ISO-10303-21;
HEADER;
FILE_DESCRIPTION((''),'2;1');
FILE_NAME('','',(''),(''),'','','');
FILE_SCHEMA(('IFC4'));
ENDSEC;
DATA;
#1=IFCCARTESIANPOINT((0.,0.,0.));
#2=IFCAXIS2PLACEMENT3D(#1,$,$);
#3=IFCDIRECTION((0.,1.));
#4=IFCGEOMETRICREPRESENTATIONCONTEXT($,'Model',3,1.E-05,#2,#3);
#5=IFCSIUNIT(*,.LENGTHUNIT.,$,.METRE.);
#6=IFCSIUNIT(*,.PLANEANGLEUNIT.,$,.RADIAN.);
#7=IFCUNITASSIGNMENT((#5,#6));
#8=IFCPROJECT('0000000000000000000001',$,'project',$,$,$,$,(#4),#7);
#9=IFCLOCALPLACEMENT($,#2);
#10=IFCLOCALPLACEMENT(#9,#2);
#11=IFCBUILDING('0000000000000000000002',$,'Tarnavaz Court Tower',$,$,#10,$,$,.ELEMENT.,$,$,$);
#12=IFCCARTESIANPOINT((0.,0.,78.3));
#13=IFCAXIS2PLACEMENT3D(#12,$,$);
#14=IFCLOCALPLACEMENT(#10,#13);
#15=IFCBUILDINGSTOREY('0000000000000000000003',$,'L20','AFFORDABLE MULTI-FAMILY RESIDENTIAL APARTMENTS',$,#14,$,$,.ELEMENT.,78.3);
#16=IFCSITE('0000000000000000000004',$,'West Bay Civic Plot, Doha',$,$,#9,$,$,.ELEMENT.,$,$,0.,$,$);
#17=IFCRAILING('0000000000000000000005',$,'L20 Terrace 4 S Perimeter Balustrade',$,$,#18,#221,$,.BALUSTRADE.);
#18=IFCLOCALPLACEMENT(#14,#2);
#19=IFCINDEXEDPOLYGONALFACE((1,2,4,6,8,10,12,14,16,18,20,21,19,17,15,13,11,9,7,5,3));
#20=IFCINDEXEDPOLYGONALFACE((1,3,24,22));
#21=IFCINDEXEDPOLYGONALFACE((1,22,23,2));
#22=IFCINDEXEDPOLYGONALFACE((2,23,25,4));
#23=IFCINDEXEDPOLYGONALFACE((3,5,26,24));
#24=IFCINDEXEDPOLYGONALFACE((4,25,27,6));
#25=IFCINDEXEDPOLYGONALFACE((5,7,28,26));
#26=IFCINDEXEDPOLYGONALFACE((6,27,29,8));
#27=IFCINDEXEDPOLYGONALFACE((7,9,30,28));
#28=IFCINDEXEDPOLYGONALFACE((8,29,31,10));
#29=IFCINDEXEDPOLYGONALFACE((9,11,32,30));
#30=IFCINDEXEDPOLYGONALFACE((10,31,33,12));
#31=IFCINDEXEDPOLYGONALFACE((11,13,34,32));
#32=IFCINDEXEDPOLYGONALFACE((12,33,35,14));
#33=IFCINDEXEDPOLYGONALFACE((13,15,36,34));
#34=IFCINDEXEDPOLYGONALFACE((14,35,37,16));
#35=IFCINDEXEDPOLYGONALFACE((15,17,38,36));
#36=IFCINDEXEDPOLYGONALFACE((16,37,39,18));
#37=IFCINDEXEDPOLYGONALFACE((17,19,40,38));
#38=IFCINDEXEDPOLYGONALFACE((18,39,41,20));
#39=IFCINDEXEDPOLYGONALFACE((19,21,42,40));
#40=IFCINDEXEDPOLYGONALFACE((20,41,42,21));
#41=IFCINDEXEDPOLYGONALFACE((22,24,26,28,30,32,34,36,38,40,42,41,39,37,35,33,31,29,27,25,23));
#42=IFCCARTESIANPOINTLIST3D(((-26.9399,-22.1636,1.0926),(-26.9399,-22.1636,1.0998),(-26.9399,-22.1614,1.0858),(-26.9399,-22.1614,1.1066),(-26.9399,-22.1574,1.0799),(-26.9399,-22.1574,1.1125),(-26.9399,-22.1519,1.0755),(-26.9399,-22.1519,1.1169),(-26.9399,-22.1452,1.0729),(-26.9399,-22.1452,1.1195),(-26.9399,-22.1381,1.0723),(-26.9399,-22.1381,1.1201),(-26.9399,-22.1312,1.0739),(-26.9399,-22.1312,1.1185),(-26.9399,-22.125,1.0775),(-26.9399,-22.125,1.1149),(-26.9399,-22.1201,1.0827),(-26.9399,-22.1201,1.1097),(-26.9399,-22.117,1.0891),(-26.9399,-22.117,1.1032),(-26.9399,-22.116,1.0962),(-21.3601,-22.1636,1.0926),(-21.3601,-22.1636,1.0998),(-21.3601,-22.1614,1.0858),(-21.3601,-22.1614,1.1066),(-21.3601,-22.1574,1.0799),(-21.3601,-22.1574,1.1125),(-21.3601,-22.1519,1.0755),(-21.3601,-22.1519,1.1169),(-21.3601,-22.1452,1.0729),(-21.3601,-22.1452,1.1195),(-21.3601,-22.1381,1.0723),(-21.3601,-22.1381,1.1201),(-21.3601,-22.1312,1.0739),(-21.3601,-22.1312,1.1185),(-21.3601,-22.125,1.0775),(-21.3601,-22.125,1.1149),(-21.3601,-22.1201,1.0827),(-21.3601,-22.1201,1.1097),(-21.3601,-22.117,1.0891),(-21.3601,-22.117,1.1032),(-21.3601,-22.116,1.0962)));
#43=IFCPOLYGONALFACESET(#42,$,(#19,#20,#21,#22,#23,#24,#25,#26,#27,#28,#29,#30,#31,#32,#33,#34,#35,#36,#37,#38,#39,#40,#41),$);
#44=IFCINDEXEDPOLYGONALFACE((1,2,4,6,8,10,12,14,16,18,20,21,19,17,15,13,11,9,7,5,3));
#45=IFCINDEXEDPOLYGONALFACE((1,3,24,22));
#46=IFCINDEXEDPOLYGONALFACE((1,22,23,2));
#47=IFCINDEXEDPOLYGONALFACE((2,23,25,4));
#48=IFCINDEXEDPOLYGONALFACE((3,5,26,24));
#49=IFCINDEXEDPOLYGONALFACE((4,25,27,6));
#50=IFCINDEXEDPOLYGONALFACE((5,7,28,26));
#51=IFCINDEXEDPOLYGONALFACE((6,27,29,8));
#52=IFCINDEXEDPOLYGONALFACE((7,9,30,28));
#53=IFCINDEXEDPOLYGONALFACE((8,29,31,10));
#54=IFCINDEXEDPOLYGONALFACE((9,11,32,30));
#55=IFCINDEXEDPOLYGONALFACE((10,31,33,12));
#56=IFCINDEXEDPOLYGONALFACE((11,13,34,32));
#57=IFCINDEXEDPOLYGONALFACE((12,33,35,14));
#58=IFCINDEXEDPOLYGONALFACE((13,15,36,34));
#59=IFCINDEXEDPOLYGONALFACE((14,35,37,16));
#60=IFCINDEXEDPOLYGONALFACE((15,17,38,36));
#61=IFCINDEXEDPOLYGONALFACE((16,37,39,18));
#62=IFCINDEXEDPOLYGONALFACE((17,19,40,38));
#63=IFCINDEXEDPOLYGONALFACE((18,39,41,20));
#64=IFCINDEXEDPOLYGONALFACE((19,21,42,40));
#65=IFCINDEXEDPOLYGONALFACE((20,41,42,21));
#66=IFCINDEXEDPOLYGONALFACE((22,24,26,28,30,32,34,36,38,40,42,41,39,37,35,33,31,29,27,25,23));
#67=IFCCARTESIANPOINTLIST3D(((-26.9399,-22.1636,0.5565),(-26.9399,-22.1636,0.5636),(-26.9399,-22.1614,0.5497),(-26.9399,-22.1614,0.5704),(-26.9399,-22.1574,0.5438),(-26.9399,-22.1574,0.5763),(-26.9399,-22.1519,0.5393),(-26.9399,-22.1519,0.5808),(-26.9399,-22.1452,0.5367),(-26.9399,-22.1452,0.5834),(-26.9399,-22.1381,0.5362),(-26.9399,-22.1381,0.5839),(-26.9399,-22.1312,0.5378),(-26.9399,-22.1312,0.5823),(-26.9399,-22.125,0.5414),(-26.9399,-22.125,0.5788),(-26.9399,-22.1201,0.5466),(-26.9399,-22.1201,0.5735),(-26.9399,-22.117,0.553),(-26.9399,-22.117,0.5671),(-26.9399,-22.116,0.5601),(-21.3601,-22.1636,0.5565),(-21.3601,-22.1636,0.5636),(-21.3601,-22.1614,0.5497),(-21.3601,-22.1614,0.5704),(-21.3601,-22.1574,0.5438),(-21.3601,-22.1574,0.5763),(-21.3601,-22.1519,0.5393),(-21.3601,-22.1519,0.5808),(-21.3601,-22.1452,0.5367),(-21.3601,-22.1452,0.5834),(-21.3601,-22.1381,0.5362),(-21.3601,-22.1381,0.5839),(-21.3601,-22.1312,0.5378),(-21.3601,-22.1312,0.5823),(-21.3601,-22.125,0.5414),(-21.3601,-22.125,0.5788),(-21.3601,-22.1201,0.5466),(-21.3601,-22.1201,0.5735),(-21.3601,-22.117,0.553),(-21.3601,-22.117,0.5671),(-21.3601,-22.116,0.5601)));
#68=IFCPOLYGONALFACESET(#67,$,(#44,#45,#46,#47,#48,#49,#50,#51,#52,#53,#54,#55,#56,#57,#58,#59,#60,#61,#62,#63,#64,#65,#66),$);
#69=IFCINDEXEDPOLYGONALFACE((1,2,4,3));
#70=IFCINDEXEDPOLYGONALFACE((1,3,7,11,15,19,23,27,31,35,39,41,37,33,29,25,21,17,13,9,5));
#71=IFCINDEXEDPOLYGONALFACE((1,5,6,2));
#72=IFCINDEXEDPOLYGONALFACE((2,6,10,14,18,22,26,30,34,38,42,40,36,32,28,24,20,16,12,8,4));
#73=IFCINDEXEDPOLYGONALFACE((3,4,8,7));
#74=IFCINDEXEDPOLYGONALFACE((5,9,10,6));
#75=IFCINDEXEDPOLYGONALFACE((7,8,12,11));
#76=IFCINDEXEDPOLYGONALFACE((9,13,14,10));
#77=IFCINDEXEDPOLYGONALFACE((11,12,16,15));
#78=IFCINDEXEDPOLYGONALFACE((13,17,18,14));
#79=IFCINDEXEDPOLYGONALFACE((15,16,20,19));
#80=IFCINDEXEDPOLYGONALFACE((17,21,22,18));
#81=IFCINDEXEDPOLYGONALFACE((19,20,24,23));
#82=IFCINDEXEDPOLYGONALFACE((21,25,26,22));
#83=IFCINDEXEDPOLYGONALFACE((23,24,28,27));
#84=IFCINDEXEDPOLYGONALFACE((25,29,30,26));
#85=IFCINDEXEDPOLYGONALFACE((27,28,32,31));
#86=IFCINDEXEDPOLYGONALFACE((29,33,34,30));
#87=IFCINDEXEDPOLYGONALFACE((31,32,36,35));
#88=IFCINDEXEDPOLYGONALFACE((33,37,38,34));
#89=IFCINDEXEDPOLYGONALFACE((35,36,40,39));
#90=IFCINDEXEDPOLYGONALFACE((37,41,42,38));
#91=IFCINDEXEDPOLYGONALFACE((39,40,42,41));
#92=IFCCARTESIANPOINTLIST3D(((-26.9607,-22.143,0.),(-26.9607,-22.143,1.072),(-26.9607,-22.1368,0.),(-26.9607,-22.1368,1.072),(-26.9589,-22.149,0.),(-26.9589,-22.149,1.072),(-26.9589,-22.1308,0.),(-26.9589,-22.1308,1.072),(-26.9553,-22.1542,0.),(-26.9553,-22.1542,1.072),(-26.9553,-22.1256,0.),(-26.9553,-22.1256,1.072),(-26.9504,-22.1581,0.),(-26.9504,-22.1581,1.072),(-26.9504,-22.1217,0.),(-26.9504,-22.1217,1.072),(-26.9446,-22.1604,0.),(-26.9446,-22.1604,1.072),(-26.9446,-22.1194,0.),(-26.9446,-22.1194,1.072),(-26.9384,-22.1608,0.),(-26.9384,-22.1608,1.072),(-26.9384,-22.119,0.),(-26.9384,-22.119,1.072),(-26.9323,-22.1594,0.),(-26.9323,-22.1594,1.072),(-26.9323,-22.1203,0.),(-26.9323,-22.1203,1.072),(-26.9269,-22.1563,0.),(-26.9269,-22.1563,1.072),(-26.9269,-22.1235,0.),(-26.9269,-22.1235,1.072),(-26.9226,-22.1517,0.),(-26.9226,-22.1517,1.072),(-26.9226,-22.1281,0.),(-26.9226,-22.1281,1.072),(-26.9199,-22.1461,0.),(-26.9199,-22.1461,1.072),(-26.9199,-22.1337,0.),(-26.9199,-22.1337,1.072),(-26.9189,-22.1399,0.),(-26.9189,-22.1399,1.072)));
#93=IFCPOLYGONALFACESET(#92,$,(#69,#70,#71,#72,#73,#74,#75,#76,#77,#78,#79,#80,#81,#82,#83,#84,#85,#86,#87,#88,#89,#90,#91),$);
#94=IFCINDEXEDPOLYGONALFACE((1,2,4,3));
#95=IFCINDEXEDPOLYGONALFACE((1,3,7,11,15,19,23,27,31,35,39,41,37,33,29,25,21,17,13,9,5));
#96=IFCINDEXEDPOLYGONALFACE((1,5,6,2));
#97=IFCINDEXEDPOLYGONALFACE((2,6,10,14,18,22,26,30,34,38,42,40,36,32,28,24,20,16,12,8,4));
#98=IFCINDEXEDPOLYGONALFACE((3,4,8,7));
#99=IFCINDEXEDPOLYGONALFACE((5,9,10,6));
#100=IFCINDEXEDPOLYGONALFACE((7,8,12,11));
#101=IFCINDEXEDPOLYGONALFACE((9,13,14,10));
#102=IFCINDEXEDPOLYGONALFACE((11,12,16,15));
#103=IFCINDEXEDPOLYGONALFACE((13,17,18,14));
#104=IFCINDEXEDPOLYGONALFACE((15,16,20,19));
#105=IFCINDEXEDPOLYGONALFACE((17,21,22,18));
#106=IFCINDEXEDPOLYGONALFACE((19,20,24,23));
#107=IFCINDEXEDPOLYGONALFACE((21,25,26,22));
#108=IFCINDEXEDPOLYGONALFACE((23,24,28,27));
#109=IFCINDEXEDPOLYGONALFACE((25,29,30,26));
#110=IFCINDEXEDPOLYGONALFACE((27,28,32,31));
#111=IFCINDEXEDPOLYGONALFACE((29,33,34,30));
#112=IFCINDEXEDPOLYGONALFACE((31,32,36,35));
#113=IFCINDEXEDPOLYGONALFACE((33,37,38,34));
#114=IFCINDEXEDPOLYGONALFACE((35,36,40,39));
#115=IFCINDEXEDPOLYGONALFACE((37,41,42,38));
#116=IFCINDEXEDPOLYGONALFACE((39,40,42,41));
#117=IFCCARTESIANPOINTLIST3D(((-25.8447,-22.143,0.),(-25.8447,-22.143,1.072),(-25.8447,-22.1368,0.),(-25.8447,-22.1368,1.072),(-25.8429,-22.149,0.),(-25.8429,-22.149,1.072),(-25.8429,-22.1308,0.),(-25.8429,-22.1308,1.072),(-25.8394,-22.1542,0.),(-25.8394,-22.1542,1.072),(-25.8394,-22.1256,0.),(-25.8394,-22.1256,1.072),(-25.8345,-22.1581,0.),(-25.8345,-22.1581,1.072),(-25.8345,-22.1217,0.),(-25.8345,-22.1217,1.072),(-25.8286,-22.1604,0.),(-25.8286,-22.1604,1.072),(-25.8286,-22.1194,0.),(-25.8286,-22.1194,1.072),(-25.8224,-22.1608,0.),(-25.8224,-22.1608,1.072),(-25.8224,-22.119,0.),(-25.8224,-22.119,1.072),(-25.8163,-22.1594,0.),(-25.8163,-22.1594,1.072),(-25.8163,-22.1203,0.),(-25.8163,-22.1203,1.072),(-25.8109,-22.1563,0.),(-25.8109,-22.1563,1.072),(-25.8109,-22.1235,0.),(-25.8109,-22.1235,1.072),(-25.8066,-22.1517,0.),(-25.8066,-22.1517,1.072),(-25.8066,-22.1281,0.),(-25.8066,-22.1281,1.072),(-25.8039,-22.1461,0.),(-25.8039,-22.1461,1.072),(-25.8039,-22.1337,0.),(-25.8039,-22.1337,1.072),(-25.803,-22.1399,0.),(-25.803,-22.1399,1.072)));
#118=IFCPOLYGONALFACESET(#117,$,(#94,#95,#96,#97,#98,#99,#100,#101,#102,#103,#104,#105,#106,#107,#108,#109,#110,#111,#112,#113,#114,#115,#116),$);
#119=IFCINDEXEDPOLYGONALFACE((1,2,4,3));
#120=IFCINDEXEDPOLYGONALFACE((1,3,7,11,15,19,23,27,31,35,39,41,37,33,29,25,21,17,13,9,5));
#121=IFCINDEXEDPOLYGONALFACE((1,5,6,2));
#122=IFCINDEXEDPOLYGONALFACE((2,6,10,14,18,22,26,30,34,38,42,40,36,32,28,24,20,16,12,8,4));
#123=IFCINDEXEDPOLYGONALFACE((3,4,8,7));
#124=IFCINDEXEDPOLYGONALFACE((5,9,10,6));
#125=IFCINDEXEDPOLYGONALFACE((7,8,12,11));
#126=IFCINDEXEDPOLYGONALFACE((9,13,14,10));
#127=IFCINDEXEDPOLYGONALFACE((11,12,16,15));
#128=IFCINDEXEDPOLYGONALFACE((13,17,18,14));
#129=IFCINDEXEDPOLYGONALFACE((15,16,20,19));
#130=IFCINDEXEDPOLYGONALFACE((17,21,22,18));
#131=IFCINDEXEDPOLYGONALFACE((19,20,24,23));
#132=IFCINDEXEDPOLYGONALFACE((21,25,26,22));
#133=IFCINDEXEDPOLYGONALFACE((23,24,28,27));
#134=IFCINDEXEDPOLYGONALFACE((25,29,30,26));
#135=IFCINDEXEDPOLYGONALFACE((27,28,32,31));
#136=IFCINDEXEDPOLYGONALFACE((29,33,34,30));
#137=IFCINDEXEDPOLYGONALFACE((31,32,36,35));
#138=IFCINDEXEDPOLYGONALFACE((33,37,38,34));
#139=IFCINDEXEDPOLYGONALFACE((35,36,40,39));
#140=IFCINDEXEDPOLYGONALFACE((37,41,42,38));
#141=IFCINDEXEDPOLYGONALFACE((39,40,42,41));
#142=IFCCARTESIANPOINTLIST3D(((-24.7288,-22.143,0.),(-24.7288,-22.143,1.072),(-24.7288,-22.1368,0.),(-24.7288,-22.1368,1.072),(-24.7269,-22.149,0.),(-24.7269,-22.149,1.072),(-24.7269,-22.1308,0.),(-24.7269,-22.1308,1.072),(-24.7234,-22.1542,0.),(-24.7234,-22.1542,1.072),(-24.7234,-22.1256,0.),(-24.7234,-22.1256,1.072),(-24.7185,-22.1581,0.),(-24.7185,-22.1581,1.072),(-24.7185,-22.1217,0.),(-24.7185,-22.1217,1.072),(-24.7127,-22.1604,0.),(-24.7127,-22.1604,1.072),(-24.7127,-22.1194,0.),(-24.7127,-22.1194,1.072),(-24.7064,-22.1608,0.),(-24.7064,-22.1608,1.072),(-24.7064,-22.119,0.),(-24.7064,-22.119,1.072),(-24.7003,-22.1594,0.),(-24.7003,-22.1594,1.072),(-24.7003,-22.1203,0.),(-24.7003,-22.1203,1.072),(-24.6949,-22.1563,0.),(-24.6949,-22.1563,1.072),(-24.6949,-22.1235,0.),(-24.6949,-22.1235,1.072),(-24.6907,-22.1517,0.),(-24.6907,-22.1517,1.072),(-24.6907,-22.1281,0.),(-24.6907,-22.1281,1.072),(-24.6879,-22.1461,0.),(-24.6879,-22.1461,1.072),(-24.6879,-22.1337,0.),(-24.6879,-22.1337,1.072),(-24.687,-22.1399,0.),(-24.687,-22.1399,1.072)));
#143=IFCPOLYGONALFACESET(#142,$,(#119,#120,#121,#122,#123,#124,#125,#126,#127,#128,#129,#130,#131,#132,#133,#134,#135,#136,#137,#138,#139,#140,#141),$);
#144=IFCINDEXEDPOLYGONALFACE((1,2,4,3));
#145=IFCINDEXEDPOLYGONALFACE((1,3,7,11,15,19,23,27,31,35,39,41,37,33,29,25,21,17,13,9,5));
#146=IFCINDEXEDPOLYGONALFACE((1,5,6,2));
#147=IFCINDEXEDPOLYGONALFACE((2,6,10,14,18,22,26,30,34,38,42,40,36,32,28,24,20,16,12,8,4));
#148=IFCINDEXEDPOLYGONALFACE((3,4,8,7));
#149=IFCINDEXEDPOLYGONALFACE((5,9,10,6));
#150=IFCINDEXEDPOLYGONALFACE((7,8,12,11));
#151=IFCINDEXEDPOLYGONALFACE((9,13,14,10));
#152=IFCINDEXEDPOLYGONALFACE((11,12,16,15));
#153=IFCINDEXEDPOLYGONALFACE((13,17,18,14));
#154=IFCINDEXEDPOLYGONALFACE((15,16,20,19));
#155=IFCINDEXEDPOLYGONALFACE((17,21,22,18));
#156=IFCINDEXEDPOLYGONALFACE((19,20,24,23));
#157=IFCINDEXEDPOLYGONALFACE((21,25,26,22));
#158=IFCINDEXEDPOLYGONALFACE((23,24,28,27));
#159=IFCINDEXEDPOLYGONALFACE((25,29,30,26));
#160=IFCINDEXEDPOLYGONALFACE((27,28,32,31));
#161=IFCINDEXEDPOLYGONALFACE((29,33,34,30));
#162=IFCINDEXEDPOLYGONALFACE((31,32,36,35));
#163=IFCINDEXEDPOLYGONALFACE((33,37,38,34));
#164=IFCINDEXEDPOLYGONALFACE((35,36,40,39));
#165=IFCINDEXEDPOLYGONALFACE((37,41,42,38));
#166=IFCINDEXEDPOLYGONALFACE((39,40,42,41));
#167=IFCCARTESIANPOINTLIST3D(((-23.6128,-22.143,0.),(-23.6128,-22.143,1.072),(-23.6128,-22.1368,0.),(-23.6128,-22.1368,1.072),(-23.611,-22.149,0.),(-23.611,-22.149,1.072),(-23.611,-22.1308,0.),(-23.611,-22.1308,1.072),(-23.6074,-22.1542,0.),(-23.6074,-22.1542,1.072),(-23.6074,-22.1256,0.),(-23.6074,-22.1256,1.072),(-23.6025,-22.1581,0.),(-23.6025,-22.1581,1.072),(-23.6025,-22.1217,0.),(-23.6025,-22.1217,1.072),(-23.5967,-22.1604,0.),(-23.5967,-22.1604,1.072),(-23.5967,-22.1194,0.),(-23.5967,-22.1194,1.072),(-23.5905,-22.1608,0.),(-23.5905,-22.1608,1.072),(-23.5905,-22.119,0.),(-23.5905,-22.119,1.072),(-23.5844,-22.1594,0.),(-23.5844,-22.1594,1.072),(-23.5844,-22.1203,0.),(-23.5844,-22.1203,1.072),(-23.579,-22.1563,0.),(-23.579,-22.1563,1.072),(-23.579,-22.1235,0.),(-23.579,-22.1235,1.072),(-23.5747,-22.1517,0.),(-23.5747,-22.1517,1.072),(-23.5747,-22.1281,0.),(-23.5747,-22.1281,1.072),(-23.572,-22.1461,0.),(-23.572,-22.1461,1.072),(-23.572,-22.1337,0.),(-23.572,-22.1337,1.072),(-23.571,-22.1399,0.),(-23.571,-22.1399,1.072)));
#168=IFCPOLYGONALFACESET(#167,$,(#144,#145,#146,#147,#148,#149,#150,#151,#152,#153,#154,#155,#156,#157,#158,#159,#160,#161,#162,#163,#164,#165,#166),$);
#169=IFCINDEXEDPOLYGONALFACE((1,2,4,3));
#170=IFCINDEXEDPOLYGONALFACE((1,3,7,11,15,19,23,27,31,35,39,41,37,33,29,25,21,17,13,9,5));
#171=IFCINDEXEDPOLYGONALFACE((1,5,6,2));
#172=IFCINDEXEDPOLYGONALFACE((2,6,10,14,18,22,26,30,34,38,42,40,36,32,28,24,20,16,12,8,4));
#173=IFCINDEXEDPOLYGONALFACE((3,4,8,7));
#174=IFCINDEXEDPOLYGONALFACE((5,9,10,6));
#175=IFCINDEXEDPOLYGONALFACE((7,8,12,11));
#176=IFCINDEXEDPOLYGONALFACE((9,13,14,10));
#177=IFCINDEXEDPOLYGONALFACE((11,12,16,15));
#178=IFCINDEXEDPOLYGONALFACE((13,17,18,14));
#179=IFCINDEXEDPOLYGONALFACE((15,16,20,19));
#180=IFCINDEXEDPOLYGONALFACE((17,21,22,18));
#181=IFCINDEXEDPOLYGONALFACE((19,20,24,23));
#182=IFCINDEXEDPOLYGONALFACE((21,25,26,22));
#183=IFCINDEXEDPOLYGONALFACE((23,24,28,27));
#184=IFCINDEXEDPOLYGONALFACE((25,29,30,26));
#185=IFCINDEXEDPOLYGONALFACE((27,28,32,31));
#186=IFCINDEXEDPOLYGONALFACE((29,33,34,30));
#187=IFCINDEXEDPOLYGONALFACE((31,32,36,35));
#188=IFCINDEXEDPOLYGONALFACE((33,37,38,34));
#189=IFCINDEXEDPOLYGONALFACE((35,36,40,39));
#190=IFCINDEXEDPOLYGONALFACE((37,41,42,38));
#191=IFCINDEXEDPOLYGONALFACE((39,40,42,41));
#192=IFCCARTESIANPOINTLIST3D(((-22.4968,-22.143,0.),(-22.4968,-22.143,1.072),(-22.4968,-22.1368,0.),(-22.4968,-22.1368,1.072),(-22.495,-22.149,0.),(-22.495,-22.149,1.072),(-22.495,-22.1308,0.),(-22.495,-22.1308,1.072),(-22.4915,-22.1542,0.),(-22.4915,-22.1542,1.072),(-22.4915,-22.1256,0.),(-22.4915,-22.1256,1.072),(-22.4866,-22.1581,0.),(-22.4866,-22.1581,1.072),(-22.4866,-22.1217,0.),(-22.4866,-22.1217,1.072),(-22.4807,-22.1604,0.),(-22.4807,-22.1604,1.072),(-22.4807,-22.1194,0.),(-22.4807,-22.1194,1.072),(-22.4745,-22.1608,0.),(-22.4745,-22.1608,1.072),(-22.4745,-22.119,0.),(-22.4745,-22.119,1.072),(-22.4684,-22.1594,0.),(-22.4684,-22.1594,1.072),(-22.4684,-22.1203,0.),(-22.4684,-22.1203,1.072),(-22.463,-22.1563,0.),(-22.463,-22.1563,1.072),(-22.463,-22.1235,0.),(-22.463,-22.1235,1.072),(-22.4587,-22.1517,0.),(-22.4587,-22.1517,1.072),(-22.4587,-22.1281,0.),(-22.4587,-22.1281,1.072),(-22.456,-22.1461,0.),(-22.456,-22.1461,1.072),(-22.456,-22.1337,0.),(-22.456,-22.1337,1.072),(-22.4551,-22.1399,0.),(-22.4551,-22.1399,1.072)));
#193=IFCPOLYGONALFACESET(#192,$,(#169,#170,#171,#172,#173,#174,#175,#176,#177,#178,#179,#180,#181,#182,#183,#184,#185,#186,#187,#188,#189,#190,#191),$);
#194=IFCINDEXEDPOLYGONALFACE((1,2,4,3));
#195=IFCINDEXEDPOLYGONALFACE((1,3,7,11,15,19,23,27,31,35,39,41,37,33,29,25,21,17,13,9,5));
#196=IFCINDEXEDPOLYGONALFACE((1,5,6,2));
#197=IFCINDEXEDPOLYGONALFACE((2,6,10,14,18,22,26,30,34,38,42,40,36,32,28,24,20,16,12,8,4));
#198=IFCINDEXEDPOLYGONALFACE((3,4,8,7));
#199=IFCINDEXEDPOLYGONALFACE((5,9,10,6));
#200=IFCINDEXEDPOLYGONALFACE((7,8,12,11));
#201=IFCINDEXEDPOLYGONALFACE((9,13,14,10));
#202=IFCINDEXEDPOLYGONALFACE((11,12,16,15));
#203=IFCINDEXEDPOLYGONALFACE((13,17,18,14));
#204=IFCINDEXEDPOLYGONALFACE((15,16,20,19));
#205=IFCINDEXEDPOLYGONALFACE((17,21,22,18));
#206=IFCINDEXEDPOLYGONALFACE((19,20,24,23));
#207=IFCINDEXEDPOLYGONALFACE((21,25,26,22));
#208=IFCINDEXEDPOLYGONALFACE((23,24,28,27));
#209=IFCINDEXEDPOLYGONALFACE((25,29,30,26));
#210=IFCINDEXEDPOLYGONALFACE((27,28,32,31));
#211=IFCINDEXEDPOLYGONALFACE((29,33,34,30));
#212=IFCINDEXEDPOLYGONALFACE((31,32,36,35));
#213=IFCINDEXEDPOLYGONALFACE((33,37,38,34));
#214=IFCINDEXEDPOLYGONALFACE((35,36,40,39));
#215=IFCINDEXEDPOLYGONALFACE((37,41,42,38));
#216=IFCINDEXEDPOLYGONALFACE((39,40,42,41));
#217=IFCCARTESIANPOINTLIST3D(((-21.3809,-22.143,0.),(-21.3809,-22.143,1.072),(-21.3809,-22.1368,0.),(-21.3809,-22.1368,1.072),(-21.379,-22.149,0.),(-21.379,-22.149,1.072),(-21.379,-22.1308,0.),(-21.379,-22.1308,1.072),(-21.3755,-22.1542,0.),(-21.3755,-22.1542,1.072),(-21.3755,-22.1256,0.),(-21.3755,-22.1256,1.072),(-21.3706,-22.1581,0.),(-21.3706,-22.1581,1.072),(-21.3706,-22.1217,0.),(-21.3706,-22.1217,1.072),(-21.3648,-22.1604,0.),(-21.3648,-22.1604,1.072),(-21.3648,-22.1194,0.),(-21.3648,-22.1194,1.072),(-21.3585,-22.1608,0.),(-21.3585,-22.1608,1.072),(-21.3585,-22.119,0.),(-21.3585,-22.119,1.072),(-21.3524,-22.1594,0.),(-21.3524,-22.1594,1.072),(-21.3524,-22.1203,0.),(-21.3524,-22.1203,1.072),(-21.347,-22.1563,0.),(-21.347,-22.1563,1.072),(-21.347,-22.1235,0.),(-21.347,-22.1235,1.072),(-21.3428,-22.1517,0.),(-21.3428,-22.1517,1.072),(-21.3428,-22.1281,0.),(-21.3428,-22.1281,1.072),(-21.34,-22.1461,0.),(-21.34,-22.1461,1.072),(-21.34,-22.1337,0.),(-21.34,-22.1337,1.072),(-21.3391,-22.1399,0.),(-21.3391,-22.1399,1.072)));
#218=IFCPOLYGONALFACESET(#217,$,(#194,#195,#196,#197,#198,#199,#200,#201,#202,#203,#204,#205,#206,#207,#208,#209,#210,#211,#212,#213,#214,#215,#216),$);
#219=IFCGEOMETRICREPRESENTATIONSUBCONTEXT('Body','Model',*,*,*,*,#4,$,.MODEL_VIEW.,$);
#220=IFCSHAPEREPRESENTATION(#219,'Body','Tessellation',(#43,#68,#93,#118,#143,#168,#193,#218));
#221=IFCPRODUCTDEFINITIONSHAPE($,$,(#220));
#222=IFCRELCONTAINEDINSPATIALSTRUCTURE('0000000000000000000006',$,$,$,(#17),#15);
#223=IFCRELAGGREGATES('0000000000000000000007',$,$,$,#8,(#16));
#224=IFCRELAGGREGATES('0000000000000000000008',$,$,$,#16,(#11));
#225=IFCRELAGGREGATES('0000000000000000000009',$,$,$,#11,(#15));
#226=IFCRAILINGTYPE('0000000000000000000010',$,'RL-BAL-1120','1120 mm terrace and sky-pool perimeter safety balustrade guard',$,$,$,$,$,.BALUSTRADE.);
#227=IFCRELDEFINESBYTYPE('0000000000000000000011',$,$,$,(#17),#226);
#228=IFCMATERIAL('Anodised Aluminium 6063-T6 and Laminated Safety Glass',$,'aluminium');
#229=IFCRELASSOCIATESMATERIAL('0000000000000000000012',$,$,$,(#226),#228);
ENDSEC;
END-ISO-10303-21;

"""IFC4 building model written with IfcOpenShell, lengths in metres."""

from ifc_helpers import new_model, si_unit, direction, frame, origin, origin_2d, place, context, subcontext, project, spatial, circle, extrude, material, type_object, element, save


model = new_model("IFC4")

# Units and contexts
model_context = context("Model", 3, precision=1e-05, world=origin(), true_north=direction((0.0, 1.0)))
body_context = subcontext(model_context, "Body", "Model", "MODEL_VIEW")
ifc_project = project(units=[si_unit("LENGTHUNIT", "METRE"), si_unit("PLANEANGLEUNIT", "RADIAN")], contexts=[model_context])

# Site, building, storey
site_placement = place(None, origin())
site = spatial("IfcSite", under=ifc_project, at=site_placement, Name="West Bay Civic Plot, Doha", CompositionType="ELEMENT", RefElevation=0.0)
building_placement = place(site_placement, origin())
building = spatial("IfcBuilding", under=site, at=building_placement, Name="Tarnavaz Court Tower", CompositionType="ELEMENT")
storey_placement = place(building_placement, frame((0.0, 0.0, 78.3)))
storey = spatial("IfcBuildingStorey", under=building, at=storey_placement, Name="L20", Description="AFFORDABLE MULTI-FAMILY RESIDENTIAL APARTMENTS", CompositionType="ELEMENT", Elevation=78.3)

# Railing
ifc_material_1 = material(Name="Anodised Aluminium 6063-T6 and Laminated Safety Glass", Category="aluminium")
railing_type = type_object("IfcRailingType", Name="RL-BAL-1120", Description="1120 mm terrace and sky-pool perimeter safety balustrade guard", PredefinedType="BALUSTRADE", material=ifc_material_1)
railing_1_placement = place(storey_placement, frame((-26.9399, -22.1399, 0.0)))
element("IfcRailing", 1, at=railing_1_placement, inside=storey, type_object=railing_type, Name="L20 Terrace 4 S Perimeter Balustrade", PredefinedType="BALUSTRADE", context=body_context, shape_type="SweptSolid", body=[
    extrude(circle(Radius=0.0239, at=origin_2d()), frame((0.0, 0.0, 1.0962), z_axis=(1.0, 0.0, 0.0), x_axis=(0.0, 1.0, 0.0)), (0.0, 0.0, 1.0), 5.5798),
    extrude(circle(Radius=0.0239, at=origin_2d()), frame((0.0, 0.0, 0.5601), z_axis=(1.0, 0.0, 0.0), x_axis=(0.0, 1.0, 0.0)), (0.0, 0.0, 1.0), 5.5798),
    extrude(circle(Radius=0.021, at=origin_2d()), origin(), (0.0, 0.0, 1.0), 1.072),
    extrude(circle(Radius=0.021, at=origin_2d()), frame((1.116, 0.0, 0.0)), (0.0, 0.0, 1.0), 1.072),
    extrude(circle(Radius=0.021, at=origin_2d()), frame((2.2319, 0.0, 0.0)), (0.0, 0.0, 1.0), 1.072),
    extrude(circle(Radius=0.021, at=origin_2d()), frame((3.3479, 0.0, 0.0)), (0.0, 0.0, 1.0), 1.072),
    extrude(circle(Radius=0.021, at=origin_2d()), frame((4.4639, 0.0, 0.0)), (0.0, 0.0, 1.0), 1.072),
    extrude(circle(Radius=0.021, at=origin_2d()), frame((5.5798, 0.0, 0.0)), (0.0, 0.0, 1.0), 1.072),
])

save(model, "model.ifc")
